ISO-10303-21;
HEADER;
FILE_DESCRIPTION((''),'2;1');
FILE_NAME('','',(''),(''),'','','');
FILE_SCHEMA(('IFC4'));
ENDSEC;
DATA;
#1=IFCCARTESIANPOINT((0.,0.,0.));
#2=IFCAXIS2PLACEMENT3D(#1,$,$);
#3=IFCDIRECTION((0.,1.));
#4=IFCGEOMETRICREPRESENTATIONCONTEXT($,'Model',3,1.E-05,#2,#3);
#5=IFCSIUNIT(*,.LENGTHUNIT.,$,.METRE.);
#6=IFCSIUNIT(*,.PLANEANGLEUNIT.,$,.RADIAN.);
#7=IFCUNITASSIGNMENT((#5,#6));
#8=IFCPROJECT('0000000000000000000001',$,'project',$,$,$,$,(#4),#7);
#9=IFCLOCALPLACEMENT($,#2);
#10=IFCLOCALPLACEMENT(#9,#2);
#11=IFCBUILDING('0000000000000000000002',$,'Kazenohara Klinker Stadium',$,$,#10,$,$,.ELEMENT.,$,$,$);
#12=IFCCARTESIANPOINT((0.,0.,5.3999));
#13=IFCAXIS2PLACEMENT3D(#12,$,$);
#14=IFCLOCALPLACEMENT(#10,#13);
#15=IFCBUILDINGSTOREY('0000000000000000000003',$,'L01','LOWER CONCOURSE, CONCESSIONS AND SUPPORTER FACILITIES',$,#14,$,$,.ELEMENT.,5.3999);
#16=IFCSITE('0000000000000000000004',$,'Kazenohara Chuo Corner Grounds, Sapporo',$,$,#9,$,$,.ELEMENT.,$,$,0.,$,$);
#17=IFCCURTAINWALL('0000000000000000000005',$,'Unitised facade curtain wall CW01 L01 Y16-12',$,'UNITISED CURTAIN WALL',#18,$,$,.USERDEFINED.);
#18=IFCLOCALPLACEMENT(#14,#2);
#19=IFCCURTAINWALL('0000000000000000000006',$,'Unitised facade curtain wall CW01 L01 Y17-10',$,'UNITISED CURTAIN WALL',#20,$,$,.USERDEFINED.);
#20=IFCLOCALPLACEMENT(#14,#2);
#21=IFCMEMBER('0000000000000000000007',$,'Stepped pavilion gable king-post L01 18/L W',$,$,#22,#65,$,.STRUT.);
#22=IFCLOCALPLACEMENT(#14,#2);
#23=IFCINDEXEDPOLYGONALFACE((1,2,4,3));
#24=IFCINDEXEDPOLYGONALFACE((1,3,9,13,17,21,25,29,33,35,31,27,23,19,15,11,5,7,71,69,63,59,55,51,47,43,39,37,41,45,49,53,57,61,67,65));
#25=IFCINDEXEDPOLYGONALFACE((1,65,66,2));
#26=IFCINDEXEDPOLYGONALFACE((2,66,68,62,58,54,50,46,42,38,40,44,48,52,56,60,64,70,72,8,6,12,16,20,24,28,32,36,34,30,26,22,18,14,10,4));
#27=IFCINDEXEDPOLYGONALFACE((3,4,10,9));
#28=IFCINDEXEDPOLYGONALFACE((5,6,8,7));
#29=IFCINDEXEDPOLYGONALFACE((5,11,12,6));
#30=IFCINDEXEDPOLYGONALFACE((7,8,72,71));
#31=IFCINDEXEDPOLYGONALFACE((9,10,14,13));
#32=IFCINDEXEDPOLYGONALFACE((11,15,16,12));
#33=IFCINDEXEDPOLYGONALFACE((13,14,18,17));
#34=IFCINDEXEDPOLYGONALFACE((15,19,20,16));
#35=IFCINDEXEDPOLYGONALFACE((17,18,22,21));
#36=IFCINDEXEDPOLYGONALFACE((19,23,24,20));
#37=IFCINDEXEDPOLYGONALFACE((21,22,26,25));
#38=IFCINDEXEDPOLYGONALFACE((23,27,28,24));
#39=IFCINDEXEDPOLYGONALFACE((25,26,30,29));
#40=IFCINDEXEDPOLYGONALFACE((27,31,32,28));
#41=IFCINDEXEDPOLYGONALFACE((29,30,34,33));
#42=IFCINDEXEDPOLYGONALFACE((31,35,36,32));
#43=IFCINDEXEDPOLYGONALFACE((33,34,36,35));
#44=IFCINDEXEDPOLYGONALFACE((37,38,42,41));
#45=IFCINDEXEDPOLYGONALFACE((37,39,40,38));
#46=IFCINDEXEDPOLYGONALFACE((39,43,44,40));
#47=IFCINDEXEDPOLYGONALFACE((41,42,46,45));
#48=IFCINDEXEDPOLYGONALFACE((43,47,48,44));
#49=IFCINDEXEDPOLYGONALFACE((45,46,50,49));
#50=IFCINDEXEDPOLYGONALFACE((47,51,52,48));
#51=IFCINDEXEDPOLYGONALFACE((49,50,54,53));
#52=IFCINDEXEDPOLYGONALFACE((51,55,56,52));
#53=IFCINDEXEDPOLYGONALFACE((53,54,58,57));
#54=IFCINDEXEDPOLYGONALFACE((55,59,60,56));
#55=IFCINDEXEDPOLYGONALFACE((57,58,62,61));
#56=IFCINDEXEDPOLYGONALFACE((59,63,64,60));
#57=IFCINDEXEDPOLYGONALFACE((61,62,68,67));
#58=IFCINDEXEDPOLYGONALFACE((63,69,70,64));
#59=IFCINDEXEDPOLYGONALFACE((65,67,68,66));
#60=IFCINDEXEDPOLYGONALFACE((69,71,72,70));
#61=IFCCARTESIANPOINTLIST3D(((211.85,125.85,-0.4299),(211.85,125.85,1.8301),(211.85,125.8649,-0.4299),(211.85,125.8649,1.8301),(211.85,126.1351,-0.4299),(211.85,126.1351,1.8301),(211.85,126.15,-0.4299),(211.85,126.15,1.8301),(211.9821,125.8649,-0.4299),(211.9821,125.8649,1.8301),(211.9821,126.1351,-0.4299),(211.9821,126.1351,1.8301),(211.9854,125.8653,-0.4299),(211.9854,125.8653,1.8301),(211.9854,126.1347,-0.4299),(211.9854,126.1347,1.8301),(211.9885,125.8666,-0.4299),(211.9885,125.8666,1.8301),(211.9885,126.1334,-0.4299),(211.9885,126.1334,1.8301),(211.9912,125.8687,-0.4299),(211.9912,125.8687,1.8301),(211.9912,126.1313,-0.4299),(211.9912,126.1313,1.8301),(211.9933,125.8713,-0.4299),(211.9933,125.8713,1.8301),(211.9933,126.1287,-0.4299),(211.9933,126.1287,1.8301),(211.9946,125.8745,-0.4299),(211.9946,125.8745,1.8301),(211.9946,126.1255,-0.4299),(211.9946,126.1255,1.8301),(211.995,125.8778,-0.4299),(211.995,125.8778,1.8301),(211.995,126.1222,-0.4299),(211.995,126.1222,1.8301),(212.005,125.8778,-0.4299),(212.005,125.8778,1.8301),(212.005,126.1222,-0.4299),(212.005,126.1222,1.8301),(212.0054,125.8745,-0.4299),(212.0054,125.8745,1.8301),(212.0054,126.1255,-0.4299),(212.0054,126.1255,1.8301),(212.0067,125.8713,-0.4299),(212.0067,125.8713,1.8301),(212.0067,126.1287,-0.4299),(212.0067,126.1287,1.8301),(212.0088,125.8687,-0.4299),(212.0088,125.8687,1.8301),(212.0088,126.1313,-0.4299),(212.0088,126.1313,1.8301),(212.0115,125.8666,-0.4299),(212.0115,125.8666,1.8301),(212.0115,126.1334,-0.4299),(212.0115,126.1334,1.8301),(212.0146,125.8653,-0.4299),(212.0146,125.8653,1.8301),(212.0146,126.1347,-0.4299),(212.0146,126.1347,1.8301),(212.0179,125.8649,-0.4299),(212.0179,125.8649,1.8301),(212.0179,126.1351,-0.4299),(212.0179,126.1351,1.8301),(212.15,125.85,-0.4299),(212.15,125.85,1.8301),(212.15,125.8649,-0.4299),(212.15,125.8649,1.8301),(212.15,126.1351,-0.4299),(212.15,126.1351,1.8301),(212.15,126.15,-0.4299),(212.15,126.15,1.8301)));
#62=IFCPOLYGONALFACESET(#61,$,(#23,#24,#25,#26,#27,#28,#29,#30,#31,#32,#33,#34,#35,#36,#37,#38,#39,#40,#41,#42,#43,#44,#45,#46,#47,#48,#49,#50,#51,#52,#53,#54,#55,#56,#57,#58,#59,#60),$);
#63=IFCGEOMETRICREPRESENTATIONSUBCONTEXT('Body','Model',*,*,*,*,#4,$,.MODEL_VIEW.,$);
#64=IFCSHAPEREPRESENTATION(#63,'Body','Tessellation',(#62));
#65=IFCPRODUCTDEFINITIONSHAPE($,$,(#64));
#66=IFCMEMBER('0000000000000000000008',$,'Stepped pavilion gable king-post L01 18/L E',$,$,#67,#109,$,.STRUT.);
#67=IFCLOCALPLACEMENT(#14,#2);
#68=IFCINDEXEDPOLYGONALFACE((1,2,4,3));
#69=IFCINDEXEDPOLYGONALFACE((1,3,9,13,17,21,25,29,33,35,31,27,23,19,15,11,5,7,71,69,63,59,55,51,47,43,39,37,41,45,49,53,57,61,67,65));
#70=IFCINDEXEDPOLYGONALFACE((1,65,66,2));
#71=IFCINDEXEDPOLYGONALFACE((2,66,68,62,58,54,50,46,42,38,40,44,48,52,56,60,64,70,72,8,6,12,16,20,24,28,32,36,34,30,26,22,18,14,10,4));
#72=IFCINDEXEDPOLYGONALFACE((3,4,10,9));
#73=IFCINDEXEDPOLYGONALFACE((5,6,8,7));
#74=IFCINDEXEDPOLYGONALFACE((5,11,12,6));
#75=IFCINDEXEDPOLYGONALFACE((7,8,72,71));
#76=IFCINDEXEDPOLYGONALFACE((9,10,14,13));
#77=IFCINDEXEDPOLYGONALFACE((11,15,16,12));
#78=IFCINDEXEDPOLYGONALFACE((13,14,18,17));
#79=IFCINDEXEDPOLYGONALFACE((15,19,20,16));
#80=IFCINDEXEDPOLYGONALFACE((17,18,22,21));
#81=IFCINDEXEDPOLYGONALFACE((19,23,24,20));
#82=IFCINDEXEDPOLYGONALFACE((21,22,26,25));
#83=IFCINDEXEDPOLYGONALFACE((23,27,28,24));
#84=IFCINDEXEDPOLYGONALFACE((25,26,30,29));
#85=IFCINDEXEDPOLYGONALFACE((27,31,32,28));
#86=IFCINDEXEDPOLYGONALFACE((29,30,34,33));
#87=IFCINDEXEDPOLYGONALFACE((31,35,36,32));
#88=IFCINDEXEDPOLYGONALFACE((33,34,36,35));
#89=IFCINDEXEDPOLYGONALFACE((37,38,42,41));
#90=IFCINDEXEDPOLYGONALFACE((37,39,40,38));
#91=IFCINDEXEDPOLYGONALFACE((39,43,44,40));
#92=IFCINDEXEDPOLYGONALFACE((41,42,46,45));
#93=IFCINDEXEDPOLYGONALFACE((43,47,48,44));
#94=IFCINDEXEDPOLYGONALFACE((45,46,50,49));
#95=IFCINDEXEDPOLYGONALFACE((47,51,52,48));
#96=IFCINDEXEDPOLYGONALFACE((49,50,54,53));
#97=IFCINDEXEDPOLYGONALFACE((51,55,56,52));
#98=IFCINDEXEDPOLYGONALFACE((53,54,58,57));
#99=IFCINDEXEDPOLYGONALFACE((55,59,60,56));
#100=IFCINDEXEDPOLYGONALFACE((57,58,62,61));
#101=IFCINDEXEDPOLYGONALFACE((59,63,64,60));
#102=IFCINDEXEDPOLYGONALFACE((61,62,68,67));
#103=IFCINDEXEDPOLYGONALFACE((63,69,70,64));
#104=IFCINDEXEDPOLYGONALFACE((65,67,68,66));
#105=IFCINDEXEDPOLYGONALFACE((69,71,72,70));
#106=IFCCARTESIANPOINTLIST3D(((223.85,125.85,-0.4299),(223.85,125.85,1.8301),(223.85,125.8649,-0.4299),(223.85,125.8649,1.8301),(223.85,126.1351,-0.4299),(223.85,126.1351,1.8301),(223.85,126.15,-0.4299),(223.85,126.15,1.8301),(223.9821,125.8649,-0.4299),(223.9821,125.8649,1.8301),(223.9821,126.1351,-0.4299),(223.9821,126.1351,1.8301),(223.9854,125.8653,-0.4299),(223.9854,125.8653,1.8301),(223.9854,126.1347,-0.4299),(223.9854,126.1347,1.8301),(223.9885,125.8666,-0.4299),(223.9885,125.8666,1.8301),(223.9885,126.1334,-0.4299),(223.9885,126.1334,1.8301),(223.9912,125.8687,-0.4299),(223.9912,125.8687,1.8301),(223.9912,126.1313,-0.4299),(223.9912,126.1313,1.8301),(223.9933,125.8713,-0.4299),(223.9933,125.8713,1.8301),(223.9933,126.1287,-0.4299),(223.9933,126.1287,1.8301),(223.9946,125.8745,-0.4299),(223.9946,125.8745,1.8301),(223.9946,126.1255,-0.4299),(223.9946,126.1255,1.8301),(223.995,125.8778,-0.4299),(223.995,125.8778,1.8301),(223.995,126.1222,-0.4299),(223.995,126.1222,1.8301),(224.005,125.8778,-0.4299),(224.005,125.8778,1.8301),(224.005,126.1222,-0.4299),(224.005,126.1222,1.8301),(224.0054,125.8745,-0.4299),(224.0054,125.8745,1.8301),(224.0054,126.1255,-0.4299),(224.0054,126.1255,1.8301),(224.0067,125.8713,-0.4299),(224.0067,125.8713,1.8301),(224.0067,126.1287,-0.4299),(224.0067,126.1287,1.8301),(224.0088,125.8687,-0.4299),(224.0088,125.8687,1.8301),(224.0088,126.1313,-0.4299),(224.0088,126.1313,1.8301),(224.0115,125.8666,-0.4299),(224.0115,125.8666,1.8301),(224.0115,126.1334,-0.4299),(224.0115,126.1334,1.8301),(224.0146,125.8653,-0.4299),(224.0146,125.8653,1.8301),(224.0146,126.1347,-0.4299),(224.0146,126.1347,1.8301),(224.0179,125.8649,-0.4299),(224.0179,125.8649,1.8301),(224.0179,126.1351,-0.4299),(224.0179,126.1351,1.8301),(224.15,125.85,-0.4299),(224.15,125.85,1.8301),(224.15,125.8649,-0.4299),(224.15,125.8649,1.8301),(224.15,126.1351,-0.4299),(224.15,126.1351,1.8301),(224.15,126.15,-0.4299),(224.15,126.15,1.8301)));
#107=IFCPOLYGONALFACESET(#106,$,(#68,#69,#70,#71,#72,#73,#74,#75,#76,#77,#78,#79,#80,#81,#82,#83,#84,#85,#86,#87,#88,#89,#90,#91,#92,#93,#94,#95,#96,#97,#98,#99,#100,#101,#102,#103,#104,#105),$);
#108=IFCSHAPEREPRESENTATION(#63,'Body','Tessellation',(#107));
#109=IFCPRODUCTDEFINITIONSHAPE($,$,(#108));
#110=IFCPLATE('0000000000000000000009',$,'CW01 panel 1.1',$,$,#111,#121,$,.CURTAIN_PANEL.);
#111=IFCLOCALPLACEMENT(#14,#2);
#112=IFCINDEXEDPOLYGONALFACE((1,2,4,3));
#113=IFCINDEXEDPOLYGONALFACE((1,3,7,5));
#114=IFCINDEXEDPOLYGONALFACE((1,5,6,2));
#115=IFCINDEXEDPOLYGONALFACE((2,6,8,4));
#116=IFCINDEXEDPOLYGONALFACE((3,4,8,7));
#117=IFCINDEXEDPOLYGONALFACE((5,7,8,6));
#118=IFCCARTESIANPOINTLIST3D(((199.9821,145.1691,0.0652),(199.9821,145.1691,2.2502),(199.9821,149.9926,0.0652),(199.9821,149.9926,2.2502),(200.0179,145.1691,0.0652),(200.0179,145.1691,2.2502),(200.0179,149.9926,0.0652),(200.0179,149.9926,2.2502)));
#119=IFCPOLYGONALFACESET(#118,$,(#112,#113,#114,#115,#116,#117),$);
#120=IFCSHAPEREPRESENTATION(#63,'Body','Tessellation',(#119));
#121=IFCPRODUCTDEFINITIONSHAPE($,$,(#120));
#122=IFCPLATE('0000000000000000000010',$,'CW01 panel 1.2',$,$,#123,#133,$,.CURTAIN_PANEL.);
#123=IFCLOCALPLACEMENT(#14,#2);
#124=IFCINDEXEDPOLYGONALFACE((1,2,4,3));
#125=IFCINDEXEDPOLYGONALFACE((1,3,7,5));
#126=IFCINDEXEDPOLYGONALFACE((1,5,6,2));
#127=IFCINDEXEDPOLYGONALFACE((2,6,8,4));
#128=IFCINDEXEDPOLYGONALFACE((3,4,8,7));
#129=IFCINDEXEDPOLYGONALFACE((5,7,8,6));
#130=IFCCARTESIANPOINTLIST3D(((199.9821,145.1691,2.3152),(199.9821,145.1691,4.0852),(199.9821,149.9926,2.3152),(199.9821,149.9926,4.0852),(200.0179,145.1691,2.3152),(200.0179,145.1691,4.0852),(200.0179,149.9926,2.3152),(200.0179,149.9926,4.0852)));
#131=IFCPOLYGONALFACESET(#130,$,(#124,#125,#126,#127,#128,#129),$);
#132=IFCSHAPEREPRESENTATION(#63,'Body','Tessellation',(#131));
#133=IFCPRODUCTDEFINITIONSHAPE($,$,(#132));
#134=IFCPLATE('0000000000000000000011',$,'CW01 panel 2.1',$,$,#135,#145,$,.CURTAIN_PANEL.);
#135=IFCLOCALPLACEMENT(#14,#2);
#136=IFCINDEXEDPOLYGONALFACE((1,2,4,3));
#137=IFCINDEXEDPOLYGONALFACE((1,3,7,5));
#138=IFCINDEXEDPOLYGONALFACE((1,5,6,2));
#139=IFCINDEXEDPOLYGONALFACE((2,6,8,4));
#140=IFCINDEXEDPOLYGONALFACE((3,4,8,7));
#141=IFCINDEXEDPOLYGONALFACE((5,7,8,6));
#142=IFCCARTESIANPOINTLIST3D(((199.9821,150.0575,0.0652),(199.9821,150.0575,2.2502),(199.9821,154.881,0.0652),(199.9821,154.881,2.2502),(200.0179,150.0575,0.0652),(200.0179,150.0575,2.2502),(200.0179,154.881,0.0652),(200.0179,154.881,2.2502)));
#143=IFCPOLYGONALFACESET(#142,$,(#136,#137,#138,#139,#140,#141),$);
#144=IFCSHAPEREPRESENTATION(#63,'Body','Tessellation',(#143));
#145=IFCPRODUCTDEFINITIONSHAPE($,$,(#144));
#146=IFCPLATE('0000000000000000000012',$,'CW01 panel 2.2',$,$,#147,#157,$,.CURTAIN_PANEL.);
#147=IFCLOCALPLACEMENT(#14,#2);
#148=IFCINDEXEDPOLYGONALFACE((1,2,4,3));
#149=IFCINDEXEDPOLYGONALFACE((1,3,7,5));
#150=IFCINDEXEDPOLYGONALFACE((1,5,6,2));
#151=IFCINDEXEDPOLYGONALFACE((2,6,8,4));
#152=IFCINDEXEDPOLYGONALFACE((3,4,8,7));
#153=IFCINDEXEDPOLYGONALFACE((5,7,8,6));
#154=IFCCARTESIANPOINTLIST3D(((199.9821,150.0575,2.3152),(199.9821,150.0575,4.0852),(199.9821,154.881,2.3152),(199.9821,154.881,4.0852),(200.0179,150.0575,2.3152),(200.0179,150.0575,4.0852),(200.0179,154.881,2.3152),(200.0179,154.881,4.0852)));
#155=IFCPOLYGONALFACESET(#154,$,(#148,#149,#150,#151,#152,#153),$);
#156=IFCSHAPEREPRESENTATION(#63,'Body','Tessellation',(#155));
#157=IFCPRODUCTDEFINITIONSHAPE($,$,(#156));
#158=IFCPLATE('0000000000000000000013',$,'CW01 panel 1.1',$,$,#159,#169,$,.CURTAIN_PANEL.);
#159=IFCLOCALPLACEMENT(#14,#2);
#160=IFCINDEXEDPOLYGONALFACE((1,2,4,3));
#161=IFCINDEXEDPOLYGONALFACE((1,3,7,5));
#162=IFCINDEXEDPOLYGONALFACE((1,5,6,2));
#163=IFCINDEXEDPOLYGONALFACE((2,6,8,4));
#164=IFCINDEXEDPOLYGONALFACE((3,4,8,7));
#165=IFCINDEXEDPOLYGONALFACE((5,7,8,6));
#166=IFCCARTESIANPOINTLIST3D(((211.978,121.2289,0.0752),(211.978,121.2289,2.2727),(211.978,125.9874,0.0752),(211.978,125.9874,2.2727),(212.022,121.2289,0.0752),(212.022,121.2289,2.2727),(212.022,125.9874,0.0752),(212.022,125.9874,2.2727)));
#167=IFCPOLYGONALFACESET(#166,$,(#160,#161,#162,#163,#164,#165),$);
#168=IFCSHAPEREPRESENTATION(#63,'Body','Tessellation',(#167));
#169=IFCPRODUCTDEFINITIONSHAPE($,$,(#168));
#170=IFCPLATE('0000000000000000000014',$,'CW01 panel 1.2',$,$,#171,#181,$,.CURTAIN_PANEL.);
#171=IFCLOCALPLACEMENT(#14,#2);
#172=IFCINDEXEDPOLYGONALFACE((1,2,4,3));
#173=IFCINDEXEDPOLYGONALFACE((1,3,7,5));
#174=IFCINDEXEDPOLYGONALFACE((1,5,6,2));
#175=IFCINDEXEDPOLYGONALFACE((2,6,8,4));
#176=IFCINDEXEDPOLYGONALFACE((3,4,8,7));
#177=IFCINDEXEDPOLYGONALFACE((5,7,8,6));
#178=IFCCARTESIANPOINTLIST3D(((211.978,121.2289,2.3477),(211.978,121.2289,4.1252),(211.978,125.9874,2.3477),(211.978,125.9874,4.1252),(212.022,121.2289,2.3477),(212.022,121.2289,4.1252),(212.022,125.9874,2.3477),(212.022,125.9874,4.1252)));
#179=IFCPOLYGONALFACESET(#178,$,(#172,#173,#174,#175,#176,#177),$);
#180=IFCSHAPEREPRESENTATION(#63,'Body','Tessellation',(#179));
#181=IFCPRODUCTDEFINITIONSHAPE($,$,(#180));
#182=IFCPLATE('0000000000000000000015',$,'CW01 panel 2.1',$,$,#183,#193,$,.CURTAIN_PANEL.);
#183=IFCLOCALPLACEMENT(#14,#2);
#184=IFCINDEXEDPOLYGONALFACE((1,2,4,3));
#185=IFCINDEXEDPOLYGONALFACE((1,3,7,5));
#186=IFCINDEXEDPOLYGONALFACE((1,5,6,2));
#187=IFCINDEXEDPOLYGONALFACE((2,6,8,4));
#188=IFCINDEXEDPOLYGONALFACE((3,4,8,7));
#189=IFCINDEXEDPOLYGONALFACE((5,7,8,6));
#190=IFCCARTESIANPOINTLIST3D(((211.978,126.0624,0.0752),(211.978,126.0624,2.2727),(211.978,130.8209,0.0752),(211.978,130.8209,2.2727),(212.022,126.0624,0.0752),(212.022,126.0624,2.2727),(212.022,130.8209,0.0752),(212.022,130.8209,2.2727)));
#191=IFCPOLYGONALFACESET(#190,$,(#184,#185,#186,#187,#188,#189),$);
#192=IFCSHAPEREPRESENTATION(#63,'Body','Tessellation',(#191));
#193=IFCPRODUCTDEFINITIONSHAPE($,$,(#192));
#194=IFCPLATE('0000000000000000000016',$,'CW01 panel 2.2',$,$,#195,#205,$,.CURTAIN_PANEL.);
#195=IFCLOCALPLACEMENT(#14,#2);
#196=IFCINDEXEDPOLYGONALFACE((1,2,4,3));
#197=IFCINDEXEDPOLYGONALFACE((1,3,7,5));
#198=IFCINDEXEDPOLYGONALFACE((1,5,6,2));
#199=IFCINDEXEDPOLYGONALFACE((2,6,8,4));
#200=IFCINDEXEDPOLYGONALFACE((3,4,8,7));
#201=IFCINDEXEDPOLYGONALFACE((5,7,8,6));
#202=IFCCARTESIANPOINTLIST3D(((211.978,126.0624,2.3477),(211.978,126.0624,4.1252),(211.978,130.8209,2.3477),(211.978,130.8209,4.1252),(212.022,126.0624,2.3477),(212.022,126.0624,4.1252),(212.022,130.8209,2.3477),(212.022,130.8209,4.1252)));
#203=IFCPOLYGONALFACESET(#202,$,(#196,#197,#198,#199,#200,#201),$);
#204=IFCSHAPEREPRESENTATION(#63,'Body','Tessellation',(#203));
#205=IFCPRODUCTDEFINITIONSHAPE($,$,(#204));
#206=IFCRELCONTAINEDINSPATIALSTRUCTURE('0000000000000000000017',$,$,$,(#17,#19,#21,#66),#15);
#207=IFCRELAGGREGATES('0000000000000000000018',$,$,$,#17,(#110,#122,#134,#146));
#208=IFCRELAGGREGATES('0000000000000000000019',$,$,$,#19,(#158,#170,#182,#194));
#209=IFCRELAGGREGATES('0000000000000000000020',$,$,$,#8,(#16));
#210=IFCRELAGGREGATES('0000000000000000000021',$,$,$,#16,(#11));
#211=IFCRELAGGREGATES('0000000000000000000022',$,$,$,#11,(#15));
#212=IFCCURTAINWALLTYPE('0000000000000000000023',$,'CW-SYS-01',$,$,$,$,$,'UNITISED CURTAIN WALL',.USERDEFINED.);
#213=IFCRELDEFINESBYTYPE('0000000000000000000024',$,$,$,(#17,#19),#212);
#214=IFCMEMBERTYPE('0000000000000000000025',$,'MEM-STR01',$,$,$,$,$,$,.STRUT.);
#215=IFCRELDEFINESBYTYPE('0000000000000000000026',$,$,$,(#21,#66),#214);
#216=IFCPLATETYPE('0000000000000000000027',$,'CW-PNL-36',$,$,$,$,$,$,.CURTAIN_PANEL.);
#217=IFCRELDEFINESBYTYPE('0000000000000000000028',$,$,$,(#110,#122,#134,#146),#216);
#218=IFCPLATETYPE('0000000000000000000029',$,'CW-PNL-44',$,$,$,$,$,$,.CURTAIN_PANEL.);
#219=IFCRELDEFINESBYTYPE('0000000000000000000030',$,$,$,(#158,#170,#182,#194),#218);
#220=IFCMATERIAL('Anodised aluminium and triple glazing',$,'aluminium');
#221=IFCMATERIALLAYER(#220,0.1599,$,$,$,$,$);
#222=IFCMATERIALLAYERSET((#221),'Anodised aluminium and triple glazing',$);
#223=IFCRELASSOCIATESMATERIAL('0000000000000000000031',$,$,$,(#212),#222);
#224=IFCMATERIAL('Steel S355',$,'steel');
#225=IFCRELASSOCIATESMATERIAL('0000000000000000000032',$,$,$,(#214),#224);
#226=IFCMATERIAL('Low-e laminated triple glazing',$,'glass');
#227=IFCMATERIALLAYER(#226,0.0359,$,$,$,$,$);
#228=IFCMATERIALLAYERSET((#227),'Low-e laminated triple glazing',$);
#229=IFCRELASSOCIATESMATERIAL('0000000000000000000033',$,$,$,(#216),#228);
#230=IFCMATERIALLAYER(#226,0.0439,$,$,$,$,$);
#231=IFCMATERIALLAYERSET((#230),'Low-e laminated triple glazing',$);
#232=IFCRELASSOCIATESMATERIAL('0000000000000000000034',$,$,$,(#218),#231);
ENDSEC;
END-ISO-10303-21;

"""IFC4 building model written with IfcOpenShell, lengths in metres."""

from ifc_helpers import new_model, si_unit, direction, frame, origin, origin_2d, place, context, subcontext, project, spatial, rectangle, i_section, extrude, material, layer, layer_set, material_profile, profile_set, type_object, element, aggregate, save


model = new_model("IFC4")

# Units and contexts
model_context = context("Model", 3, precision=1e-05, world=origin(), true_north=direction((0.0, 1.0)))
body_context = subcontext(model_context, "Body", "Model", "MODEL_VIEW")
ifc_project = project(units=[si_unit("LENGTHUNIT", "METRE"), si_unit("PLANEANGLEUNIT", "RADIAN")], contexts=[model_context])

# Site, building, storey
site_placement = place(None, origin())
site = spatial("IfcSite", under=ifc_project, at=site_placement, Name="Kazenohara Chuo Corner Grounds, Sapporo", CompositionType="ELEMENT", RefElevation=0.0)
building_placement = place(site_placement, origin())
building = spatial("IfcBuilding", under=site, at=building_placement, Name="Kazenohara Klinker Stadium", CompositionType="ELEMENT")
storey_placement = place(building_placement, frame((0.0, 0.0, 5.3999)))
storey = spatial("IfcBuildingStorey", under=building, at=storey_placement, Name="L01", Description="LOWER CONCOURSE, CONCESSIONS AND SUPPORTER FACILITIES", CompositionType="ELEMENT", Elevation=5.3999)

# Shared definitions
ifc_material_1 = material(Name="Steel S355", Category="steel")

# Curtain walls
ifc_material_2 = material(Name="Anodised aluminium and triple glazing", Category="aluminium")
ifc_layer_1 = layer(ifc_material_2, 0.1599)
ifc_layer_set_1 = layer_set([ifc_layer_1], Name="Anodised aluminium and triple glazing")
curtain_wall_type = type_object("IfcCurtainWallType", Name="CW-SYS-01", ElementType="UNITISED CURTAIN WALL", PredefinedType="USERDEFINED", material=ifc_layer_set_1)
curtain_wall_1_placement = place(storey_placement, origin())
curtain_wall_1 = element("IfcCurtainWall", 1, at=curtain_wall_1_placement, inside=storey, type_object=curtain_wall_type, Name="Unitised facade curtain wall CW01 L01 Y16-12", ObjectType="UNITISED CURTAIN WALL", PredefinedType="USERDEFINED")
curtain_wall_2_placement = place(storey_placement, origin())
curtain_wall_2 = element("IfcCurtainWall", 2, at=curtain_wall_2_placement, inside=storey, type_object=curtain_wall_type, Name="Unitised facade curtain wall CW01 L01 Y17-10", ObjectType="UNITISED CURTAIN WALL", PredefinedType="USERDEFINED")

# Members
ifc_material_profile_1 = material_profile(ifc_material_1, i_section(OverallWidth=0.3, OverallDepth=0.3, WebThickness=0.01, FlangeThickness=0.0149, FilletRadius=0.0129, at=origin_2d()), Name="H-300x300x10x15")
ifc_profile_set_1 = profile_set([ifc_material_profile_1], Name="Steel S355")
member_type_1 = type_object("IfcMemberType", Name="MEM-STR01", PredefinedType="STRUT", material=ifc_profile_set_1)
for number, where, z_axis, x_axis, name in (
    (3, (212.0, 126.0, -0.4299), (0.0, 0.0, 1.0), (1.0, 0.0, 0.0), "Stepped pavilion gable king-post L01 18/L W"),
    (4, (224.0, 126.0, -0.4299), (0.0, 0.0, 1.0), (1.0, 0.0, 0.0), "Stepped pavilion gable king-post L01 18/L E"),
):
    element("IfcMember", number, at=place(storey_placement, frame(where, z_axis=z_axis, x_axis=x_axis)), inside=storey, type_object=member_type_1, Name=name, PredefinedType="STRUT", context=body_context, shape_type="SweptSolid", body=[
        extrude(i_section(OverallWidth=0.3, OverallDepth=0.3, WebThickness=0.01, FlangeThickness=0.0149, FilletRadius=0.0129, at=origin_2d()), origin(), (0.0, 0.0, 1.0), 2.26),
    ])

# Plates
ifc_material_3 = material(Name="Low-e laminated triple glazing", Category="glass")
ifc_layer_2 = layer(ifc_material_3, 0.0359)
ifc_layer_set_2 = layer_set([ifc_layer_2], Name="Low-e laminated triple glazing")
plate_type_1 = type_object("IfcPlateType", Name="CW-PNL-36", PredefinedType="CURTAIN_PANEL", material=ifc_layer_set_2)
plate_1_placement = place(storey_placement, frame((200.0, 147.5808, 0.0652), z_axis=(0.0, 0.0, 1.0), x_axis=(0.0, 1.0, 0.0)))
plate_1 = element("IfcPlate", 5, at=plate_1_placement, type_object=plate_type_1, Name="CW01 panel 1.1", PredefinedType="CURTAIN_PANEL", context=body_context, shape_type="SweptSolid", body=[
    extrude(rectangle(XDim=4.8235, YDim=0.0359, at=origin_2d()), origin(), (0.0, 0.0, 1.0), 2.1851),
])
plate_2_placement = place(storey_placement, frame((200.0, 147.5808, 2.3152), z_axis=(0.0, 0.0, 1.0), x_axis=(0.0, 1.0, 0.0)))
plate_2 = element("IfcPlate", 6, at=plate_2_placement, type_object=plate_type_1, Name="CW01 panel 1.2", PredefinedType="CURTAIN_PANEL", context=body_context, shape_type="SweptSolid", body=[
    extrude(rectangle(XDim=4.8235, YDim=0.0359, at=origin_2d()), origin(), (0.0, 0.0, 1.0), 1.77),
])
plate_3_placement = place(storey_placement, frame((200.0, 152.4692, 0.0652), z_axis=(0.0, 0.0, 1.0), x_axis=(0.0, 1.0, 0.0)))
plate_3 = element("IfcPlate", 7, at=plate_3_placement, type_object=plate_type_1, Name="CW01 panel 2.1", PredefinedType="CURTAIN_PANEL", context=body_context, shape_type="SweptSolid", body=[
    extrude(rectangle(XDim=4.8235, YDim=0.0359, at=origin_2d()), origin(), (0.0, 0.0, 1.0), 2.1851),
])
plate_4_placement = place(storey_placement, frame((200.0, 152.4692, 2.3152), z_axis=(0.0, 0.0, 1.0), x_axis=(0.0, 1.0, 0.0)))
plate_4 = element("IfcPlate", 8, at=plate_4_placement, type_object=plate_type_1, Name="CW01 panel 2.2", PredefinedType="CURTAIN_PANEL", context=body_context, shape_type="SweptSolid", body=[
    extrude(rectangle(XDim=4.8235, YDim=0.0359, at=origin_2d()), origin(), (0.0, 0.0, 1.0), 1.77),
])
aggregate(curtain_wall_1, [plate_1, plate_2, plate_3, plate_4])
ifc_layer_3 = layer(ifc_material_3, 0.0439)
ifc_layer_set_3 = layer_set([ifc_layer_3], Name="Low-e laminated triple glazing")
plate_type_2 = type_object("IfcPlateType", Name="CW-PNL-44", PredefinedType="CURTAIN_PANEL", material=ifc_layer_set_3)
plate_5_placement = place(storey_placement, frame((212.0, 123.6082, 0.0752), z_axis=(0.0, 0.0, 1.0), x_axis=(0.0, 1.0, 0.0)))
plate_5 = element("IfcPlate", 9, at=plate_5_placement, type_object=plate_type_2, Name="CW01 panel 1.1", PredefinedType="CURTAIN_PANEL", context=body_context, shape_type="SweptSolid", body=[
    extrude(rectangle(XDim=4.7585, YDim=0.0439, at=origin_2d()), origin(), (0.0, 0.0, 1.0), 2.1975),
])
plate_6_placement = place(storey_placement, frame((212.0, 123.6082, 2.3477), z_axis=(0.0, 0.0, 1.0), x_axis=(0.0, 1.0, 0.0)))
plate_6 = element("IfcPlate", 10, at=plate_6_placement, type_object=plate_type_2, Name="CW01 panel 1.2", PredefinedType="CURTAIN_PANEL", context=body_context, shape_type="SweptSolid", body=[
    extrude(rectangle(XDim=4.7585, YDim=0.0439, at=origin_2d()), origin(), (0.0, 0.0, 1.0), 1.7776),
])
plate_7_placement = place(storey_placement, frame((212.0, 128.4417, 0.0752), z_axis=(0.0, 0.0, 1.0), x_axis=(0.0, 1.0, 0.0)))
plate_7 = element("IfcPlate", 11, at=plate_7_placement, type_object=plate_type_2, Name="CW01 panel 2.1", PredefinedType="CURTAIN_PANEL", context=body_context, shape_type="SweptSolid", body=[
    extrude(rectangle(XDim=4.7585, YDim=0.0439, at=origin_2d()), origin(), (0.0, 0.0, 1.0), 2.1975),
])
plate_8_placement = place(storey_placement, frame((212.0, 128.4417, 2.3477), z_axis=(0.0, 0.0, 1.0), x_axis=(0.0, 1.0, 0.0)))
plate_8 = element("IfcPlate", 12, at=plate_8_placement, type_object=plate_type_2, Name="CW01 panel 2.2", PredefinedType="CURTAIN_PANEL", context=body_context, shape_type="SweptSolid", body=[
    extrude(rectangle(XDim=4.7585, YDim=0.0439, at=origin_2d()), origin(), (0.0, 0.0, 1.0), 1.7776),
])
aggregate(curtain_wall_2, [plate_5, plate_6, plate_7, plate_8])

save(model, "model.ifc")
